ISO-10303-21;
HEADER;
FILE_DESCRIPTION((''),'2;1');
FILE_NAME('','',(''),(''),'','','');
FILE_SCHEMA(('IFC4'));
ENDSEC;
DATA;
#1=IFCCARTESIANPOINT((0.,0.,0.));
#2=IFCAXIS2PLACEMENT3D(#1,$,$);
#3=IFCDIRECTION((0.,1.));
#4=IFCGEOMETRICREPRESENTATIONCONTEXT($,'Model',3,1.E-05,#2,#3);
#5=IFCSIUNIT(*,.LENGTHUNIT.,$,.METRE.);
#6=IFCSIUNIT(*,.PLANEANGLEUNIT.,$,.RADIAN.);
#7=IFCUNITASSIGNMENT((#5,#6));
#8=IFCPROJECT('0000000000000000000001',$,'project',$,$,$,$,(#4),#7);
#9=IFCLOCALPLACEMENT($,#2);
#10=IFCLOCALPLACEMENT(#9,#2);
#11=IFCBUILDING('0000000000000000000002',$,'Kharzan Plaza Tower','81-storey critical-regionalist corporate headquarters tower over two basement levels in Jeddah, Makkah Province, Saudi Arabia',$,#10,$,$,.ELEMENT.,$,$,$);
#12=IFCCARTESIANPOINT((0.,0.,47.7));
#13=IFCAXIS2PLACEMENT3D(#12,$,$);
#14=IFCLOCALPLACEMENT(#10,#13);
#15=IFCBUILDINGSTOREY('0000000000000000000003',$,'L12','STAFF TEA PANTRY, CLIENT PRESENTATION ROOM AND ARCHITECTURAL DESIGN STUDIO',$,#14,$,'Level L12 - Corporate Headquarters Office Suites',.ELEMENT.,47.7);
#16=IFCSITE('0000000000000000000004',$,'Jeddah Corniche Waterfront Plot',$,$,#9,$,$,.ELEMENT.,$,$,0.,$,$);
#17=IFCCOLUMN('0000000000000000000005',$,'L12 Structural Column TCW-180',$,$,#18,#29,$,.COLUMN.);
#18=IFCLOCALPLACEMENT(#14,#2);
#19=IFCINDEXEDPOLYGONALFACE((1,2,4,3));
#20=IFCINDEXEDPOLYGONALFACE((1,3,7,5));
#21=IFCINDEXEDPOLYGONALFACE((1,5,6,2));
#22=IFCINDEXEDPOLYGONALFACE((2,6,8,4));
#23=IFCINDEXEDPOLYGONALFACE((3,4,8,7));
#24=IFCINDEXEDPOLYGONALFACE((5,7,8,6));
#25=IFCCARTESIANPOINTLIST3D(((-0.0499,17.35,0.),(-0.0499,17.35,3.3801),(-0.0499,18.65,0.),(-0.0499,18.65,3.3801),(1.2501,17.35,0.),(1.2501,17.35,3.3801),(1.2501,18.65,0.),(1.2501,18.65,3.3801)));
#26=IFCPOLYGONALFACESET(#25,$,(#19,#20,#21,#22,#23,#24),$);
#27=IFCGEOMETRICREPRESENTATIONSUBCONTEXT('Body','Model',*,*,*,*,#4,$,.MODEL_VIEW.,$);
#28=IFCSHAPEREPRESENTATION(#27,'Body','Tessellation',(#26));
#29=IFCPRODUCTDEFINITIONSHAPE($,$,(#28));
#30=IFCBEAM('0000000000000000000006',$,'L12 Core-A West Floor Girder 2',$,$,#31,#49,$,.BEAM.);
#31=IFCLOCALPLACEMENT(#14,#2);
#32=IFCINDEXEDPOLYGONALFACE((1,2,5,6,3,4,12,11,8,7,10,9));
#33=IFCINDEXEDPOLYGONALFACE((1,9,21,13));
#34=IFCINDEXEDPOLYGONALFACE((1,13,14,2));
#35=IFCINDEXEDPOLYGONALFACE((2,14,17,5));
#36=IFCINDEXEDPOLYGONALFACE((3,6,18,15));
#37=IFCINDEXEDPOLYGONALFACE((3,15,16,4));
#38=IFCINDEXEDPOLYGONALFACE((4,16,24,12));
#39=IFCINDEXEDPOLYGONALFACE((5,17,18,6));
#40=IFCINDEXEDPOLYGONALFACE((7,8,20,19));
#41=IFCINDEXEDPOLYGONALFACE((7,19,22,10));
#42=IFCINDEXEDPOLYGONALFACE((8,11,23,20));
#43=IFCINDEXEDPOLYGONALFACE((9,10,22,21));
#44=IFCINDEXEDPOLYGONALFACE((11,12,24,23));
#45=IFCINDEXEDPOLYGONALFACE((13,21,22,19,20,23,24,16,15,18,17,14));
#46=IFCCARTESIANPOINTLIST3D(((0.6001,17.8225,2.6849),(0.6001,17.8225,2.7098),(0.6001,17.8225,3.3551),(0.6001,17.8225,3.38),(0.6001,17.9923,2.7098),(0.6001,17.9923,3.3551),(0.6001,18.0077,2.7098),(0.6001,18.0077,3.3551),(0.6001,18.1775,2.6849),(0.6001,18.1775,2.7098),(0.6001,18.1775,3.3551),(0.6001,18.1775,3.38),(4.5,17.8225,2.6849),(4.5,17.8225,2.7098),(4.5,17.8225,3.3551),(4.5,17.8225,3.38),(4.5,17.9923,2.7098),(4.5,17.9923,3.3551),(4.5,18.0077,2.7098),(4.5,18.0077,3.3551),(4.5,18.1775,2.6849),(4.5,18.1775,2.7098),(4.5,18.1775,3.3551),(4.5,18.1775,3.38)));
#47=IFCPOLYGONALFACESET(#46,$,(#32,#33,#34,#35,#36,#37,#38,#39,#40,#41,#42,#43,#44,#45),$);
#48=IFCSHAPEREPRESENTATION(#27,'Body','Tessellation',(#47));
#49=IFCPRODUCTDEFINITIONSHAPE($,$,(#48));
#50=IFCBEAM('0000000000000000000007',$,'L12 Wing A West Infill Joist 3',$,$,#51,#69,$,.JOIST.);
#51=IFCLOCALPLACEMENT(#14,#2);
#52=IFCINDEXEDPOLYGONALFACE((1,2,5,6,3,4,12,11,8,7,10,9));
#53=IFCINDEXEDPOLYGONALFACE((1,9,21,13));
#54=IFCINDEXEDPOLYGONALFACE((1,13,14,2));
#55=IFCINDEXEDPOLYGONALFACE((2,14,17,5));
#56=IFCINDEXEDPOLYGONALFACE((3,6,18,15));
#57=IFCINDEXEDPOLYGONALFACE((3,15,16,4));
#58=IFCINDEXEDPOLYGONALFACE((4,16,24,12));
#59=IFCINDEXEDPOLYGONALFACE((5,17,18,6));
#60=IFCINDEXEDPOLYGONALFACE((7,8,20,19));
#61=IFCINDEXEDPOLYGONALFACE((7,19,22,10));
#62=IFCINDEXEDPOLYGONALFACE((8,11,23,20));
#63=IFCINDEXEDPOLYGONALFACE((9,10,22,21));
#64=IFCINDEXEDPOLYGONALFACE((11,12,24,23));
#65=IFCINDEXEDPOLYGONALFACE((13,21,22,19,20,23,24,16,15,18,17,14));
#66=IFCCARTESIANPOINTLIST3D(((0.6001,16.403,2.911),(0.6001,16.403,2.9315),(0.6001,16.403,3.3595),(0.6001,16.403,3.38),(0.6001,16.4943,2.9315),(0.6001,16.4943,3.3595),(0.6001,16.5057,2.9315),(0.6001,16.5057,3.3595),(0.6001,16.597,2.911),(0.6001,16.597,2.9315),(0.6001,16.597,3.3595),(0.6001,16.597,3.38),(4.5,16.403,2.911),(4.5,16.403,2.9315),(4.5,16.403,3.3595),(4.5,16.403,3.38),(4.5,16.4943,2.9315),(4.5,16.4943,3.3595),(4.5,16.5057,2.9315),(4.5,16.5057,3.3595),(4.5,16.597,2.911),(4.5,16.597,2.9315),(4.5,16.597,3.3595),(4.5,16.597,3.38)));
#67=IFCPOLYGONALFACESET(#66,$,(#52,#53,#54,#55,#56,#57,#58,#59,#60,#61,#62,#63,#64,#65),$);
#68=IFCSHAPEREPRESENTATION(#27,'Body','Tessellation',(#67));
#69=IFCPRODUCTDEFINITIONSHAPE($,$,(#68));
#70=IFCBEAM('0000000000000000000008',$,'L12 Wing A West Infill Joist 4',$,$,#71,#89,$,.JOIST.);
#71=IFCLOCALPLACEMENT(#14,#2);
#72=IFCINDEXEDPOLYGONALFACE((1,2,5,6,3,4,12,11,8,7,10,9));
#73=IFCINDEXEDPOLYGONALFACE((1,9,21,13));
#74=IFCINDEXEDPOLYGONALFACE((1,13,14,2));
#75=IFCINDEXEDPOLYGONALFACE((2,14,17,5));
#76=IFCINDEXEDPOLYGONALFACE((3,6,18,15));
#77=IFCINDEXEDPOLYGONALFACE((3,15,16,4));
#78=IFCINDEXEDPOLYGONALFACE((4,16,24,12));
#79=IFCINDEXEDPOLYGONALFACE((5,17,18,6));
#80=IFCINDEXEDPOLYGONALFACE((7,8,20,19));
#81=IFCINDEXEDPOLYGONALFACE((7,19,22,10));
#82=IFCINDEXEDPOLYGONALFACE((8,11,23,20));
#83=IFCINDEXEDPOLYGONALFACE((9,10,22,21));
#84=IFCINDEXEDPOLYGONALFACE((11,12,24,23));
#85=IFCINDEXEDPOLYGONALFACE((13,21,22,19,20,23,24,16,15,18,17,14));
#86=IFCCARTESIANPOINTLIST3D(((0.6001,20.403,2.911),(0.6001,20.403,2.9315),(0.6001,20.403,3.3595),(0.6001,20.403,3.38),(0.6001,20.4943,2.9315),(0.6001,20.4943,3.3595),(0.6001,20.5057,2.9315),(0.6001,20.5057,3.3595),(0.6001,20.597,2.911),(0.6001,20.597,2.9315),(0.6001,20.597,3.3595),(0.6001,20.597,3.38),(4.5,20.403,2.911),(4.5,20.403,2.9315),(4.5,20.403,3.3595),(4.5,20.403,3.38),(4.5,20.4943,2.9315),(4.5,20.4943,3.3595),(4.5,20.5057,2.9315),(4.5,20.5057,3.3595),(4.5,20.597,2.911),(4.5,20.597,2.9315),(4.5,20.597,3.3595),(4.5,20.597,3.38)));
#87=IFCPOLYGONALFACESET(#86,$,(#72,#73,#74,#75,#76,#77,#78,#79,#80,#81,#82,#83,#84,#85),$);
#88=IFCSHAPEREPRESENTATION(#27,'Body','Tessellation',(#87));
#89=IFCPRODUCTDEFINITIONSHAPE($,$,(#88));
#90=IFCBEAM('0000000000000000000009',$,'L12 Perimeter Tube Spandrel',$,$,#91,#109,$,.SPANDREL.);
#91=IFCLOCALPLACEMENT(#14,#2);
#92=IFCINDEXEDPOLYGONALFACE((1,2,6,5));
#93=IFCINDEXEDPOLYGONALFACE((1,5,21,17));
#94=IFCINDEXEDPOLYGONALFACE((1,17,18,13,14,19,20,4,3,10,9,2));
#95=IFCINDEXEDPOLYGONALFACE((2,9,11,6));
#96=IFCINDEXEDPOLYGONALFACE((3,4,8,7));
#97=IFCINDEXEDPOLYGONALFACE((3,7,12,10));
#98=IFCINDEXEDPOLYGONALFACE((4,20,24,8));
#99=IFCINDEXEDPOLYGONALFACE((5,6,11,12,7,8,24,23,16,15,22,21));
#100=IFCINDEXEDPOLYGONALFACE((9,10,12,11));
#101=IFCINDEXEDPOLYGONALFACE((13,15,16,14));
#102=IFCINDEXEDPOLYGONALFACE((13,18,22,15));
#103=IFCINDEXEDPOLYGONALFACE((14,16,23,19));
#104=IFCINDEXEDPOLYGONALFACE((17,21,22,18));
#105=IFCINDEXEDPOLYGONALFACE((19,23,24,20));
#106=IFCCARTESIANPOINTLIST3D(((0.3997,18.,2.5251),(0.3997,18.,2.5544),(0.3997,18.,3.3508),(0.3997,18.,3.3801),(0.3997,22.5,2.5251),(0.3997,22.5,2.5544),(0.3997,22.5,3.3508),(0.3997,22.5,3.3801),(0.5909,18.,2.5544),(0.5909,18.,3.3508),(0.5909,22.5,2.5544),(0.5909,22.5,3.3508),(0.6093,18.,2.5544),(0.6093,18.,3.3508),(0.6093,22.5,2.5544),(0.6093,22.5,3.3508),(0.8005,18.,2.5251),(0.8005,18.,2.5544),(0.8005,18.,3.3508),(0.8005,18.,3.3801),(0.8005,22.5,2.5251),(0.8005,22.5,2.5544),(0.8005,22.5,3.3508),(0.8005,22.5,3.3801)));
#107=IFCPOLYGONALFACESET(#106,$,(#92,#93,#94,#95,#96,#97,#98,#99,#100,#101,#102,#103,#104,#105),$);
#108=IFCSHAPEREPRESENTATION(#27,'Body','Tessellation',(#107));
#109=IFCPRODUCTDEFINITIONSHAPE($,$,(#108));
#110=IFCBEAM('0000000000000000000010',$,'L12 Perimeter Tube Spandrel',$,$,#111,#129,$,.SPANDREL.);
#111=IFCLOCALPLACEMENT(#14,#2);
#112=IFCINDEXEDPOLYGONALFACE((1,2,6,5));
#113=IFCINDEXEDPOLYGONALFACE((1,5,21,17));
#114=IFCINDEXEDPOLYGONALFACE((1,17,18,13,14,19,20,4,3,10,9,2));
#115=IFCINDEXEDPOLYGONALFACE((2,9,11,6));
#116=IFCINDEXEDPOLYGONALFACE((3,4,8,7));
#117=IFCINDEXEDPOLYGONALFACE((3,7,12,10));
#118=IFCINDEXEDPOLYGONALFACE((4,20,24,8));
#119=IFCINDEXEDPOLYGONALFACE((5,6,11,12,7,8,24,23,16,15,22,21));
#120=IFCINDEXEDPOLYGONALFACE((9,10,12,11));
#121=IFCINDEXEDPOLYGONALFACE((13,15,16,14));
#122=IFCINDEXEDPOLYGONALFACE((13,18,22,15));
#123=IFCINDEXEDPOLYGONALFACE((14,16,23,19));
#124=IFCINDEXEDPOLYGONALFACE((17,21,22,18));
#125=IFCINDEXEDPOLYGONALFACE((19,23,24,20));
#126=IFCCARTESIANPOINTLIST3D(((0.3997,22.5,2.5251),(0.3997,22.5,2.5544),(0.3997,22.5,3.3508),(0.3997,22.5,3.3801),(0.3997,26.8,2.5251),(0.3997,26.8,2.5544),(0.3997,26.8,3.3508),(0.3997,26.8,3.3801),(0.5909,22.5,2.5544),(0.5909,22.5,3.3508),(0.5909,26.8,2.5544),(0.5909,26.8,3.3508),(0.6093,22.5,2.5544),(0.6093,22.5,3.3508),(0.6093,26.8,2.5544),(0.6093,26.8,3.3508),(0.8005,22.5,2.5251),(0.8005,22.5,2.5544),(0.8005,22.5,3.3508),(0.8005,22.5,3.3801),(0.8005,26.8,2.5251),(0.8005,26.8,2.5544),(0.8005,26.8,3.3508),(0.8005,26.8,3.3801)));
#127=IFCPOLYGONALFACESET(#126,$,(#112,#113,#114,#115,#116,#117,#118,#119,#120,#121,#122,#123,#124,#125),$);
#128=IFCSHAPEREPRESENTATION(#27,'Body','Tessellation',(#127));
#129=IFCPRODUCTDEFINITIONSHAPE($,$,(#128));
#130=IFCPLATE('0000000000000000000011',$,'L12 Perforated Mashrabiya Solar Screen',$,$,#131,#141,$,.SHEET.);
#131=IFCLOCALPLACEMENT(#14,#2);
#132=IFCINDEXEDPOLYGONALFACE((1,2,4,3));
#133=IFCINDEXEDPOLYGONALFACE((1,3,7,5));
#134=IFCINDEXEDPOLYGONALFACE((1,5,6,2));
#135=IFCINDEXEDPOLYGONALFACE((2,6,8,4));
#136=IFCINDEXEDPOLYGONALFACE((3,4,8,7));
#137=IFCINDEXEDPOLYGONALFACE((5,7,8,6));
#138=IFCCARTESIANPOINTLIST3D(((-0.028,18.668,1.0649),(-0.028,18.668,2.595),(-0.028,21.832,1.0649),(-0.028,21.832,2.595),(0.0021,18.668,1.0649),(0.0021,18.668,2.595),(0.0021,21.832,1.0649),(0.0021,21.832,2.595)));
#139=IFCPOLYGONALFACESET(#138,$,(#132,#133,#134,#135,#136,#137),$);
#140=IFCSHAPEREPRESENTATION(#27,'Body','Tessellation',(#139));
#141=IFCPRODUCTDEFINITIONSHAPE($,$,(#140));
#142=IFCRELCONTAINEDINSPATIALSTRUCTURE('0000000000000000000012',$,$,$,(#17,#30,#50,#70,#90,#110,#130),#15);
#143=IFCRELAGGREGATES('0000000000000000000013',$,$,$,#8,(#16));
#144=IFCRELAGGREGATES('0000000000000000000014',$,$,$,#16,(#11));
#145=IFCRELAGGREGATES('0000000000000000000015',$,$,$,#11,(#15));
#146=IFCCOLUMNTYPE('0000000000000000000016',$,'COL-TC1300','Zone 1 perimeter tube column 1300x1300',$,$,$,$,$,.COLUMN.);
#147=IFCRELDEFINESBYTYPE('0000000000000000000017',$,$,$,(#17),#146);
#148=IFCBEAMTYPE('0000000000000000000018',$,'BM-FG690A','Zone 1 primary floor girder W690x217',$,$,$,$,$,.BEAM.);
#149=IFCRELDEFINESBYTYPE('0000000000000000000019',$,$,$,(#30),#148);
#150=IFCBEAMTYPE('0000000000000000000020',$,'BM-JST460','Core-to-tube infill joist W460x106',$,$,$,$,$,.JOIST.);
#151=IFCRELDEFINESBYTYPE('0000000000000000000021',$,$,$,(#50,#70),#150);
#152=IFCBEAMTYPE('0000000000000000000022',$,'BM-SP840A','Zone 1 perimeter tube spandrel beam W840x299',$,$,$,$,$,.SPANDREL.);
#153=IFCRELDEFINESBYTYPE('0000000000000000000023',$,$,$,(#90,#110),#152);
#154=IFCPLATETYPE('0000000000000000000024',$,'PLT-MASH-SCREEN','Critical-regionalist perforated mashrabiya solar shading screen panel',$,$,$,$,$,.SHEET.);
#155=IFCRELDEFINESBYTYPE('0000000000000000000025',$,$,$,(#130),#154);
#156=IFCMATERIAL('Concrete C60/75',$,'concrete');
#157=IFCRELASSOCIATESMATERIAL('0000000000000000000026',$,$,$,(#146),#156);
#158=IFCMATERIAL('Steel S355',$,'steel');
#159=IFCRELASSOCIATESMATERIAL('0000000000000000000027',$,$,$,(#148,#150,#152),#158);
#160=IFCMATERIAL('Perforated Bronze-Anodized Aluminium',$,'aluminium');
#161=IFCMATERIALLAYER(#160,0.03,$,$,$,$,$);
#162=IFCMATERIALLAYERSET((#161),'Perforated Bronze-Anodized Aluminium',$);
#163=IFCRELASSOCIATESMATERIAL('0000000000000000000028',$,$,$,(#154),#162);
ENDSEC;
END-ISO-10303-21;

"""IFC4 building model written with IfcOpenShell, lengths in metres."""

from ifc_helpers import new_model, si_unit, direction, frame, origin, origin_2d, place, context, subcontext, project, spatial, rectangle, i_section, extrude, source, transform, mapped, material, layer, layer_set, material_profile, profile_set, type_object, element, save


model = new_model("IFC4")

# Units and contexts
model_context = context("Model", 3, precision=1e-05, world=origin(), true_north=direction((0.0, 1.0)))
body_context = subcontext(model_context, "Body", "Model", "MODEL_VIEW")
ifc_project = project(units=[si_unit("LENGTHUNIT", "METRE"), si_unit("PLANEANGLEUNIT", "RADIAN")], contexts=[model_context])

# Site, building, storey
site_placement = place(None, origin())
site = spatial("IfcSite", under=ifc_project, at=site_placement, Name="Jeddah Corniche Waterfront Plot", CompositionType="ELEMENT", RefElevation=0.0)
building_placement = place(site_placement, origin())
building = spatial("IfcBuilding", under=site, at=building_placement, Name="Kharzan Plaza Tower", Description="81-storey critical-regionalist corporate headquarters tower over two basement levels in Jeddah, Makkah Province, Saudi Arabia", CompositionType="ELEMENT")
storey_placement = place(building_placement, frame((0.0, 0.0, 47.7)))
storey = spatial("IfcBuildingStorey", under=building, at=storey_placement, Name="L12", Description="STAFF TEA PANTRY, CLIENT PRESENTATION ROOM AND ARCHITECTURAL DESIGN STUDIO", LongName="Level L12 - Corporate Headquarters Office Suites", CompositionType="ELEMENT", Elevation=47.7)

# Column
ifc_material_1 = material(Name="Concrete C60/75", Category="concrete")
ifc_material_profile_1 = material_profile(ifc_material_1, rectangle(XDim=1.3, YDim=1.3, at=origin_2d()), Name="RC-TC1300x1300")
ifc_profile_set_1 = profile_set([ifc_material_profile_1], Name="Concrete C60/75")
column_type = type_object("IfcColumnType", Name="COL-TC1300", Description="Zone 1 perimeter tube column 1300x1300", PredefinedType="COLUMN", material=ifc_profile_set_1)
shared_shape_1 = source(origin(), body_context, "Body", "SweptSolid", [
    extrude(rectangle(XDim=1.3, YDim=1.3, at=origin_2d()), origin(), (0.0, 0.0, 1.0), 3.3801),
])
column_placement = place(storey_placement, frame((0.6001, 18.0, 0.0), z_axis=(0.0, 0.0, 1.0), x_axis=(1.0, 0.0, 0.0)))
element("IfcColumn", 1, at=column_placement, inside=storey, type_object=column_type, Name="L12 Structural Column TCW-180", PredefinedType="COLUMN", context=body_context, shape_type="MappedRepresentation", body=[
    mapped(shared_shape_1, transform((0.0, 0.0, 0.0), x_axis=(1.0, 0.0, 0.0), y_axis=(0.0, 1.0, 0.0), z_axis=(0.0, 0.0, 1.0))),
])

# Beams
ifc_material_2 = material(Name="Steel S355", Category="steel")
ifc_material_profile_2 = material_profile(ifc_material_2, i_section(OverallWidth=0.355, OverallDepth=0.6951, WebThickness=0.0154, FlangeThickness=0.0249, at=origin_2d()), Name="W690x217")
ifc_profile_set_2 = profile_set([ifc_material_profile_2], Name="Steel S355")
beam_type_1 = type_object("IfcBeamType", Name="BM-FG690A", Description="Zone 1 primary floor girder W690x217", PredefinedType="BEAM", material=ifc_profile_set_2)
shared_shape_2 = source(origin(), body_context, "Body", "SweptSolid", [
    extrude(i_section(OverallWidth=0.355, OverallDepth=0.6951, WebThickness=0.0154, FlangeThickness=0.0249, at=origin_2d()), origin(), (0.0, 0.0, 1.0), 3.8999),
])
beam_1_placement = place(storey_placement, frame((0.6001, 18.0, 3.0325), z_axis=(1.0, 0.0, 0.0), x_axis=(0.0, 1.0, 0.0)))
element("IfcBeam", 2, at=beam_1_placement, inside=storey, type_object=beam_type_1, Name="L12 Core-A West Floor Girder 2", PredefinedType="BEAM", context=body_context, shape_type="MappedRepresentation", body=[
    mapped(shared_shape_2, transform((0.0, 0.0, 0.0), x_axis=(1.0, 0.0, 0.0), y_axis=(0.0, 1.0, 0.0), z_axis=(0.0, 0.0, 1.0))),
])
ifc_material_profile_3 = material_profile(ifc_material_2, i_section(OverallWidth=0.1941, OverallDepth=0.469, WebThickness=0.0115, FlangeThickness=0.0205, at=origin_2d()), Name="W460x106")
ifc_profile_set_3 = profile_set([ifc_material_profile_3], Name="Steel S355")
beam_type_2 = type_object("IfcBeamType", Name="BM-JST460", Description="Core-to-tube infill joist W460x106", PredefinedType="JOIST", material=ifc_profile_set_3)
shared_shape_3 = source(origin(), body_context, "Body", "SweptSolid", [
    extrude(i_section(OverallWidth=0.1941, OverallDepth=0.469, WebThickness=0.0115, FlangeThickness=0.0205, at=origin_2d()), origin(), (0.0, 0.0, 1.0), 3.8999),
])
for number, where, z_axis, x_axis, name in (
    (3, (0.6001, 16.5, 3.1455), (1.0, 0.0, 0.0), (0.0, 1.0, 0.0), "L12 Wing A West Infill Joist 3"),
    (4, (0.6001, 20.5, 3.1455), (1.0, 0.0, 0.0), (0.0, 1.0, 0.0), "L12 Wing A West Infill Joist 4"),
):
    element("IfcBeam", number, at=place(storey_placement, frame(where, z_axis=z_axis, x_axis=x_axis)), inside=storey, type_object=beam_type_2, Name=name, PredefinedType="JOIST", context=body_context, shape_type="MappedRepresentation", body=[
        mapped(shared_shape_3, transform((0.0, 0.0, 0.0), x_axis=(1.0, 0.0, 0.0), y_axis=(0.0, 1.0, 0.0), z_axis=(0.0, 0.0, 1.0))),
    ])
ifc_material_profile_4 = material_profile(ifc_material_2, i_section(OverallWidth=0.4009, OverallDepth=0.855, WebThickness=0.0183, FlangeThickness=0.0293, at=origin_2d()), Name="W840x299")
ifc_profile_set_4 = profile_set([ifc_material_profile_4], Name="Steel S355")
beam_type_3 = type_object("IfcBeamType", Name="BM-SP840A", Description="Zone 1 perimeter tube spandrel beam W840x299", PredefinedType="SPANDREL", material=ifc_profile_set_4)
shared_shape_4 = source(origin(), body_context, "Body", "SweptSolid", [
    extrude(i_section(OverallWidth=0.4009, OverallDepth=0.855, WebThickness=0.0183, FlangeThickness=0.0293, at=origin_2d()), origin(), (0.0, 0.0, 1.0), 4.5),
])
beam_2_placement = place(storey_placement, frame((0.6001, 18.0, 2.9526), z_axis=(0.0, 1.0, 0.0), x_axis=(-1.0, 0.0, 0.0)))
element("IfcBeam", 5, at=beam_2_placement, inside=storey, type_object=beam_type_3, Name="L12 Perimeter Tube Spandrel", PredefinedType="SPANDREL", context=body_context, shape_type="MappedRepresentation", body=[
    mapped(shared_shape_4, transform((0.0, 0.0, 0.0), x_axis=(1.0, 0.0, 0.0), y_axis=(0.0, 1.0, 0.0), z_axis=(0.0, 0.0, 1.0))),
])
shared_shape_5 = source(origin(), body_context, "Body", "SweptSolid", [
    extrude(i_section(OverallWidth=0.4009, OverallDepth=0.855, WebThickness=0.0183, FlangeThickness=0.0293, at=origin_2d()), origin(), (0.0, 0.0, 1.0), 4.3),
])
beam_3_placement = place(storey_placement, frame((0.6001, 22.5, 2.9526), z_axis=(0.0, 1.0, 0.0), x_axis=(-1.0, 0.0, 0.0)))
element("IfcBeam", 6, at=beam_3_placement, inside=storey, type_object=beam_type_3, Name="L12 Perimeter Tube Spandrel", PredefinedType="SPANDREL", context=body_context, shape_type="MappedRepresentation", body=[
    mapped(shared_shape_5, transform((0.0, 0.0, 0.0), x_axis=(1.0, 0.0, 0.0), y_axis=(0.0, 1.0, 0.0), z_axis=(0.0, 0.0, 1.0))),
])

# Plate
ifc_material_3 = material(Name="Perforated Bronze-Anodized Aluminium", Category="aluminium")
ifc_layer_1 = layer(ifc_material_3, 0.03)
ifc_layer_set_1 = layer_set([ifc_layer_1], Name="Perforated Bronze-Anodized Aluminium")
plate_type = type_object("IfcPlateType", Name="PLT-MASH-SCREEN", Description="Critical-regionalist perforated mashrabiya solar shading screen panel", PredefinedType="SHEET", material=ifc_layer_set_1)
shared_shape_6 = source(origin(), body_context, "Body", "SweptSolid", [
    extrude(rectangle(XDim=3.1641, YDim=0.03, at=origin_2d()), origin(), (0.0, 0.0, 1.0), 1.53),
])
plate_placement = place(storey_placement, frame((-0.0129, 20.25, 1.0649), z_axis=(0.0, 0.0, 1.0), x_axis=(0.0, -1.0, 0.0)))
element("IfcPlate", 7, at=plate_placement, inside=storey, type_object=plate_type, Name="L12 Perforated Mashrabiya Solar Screen", PredefinedType="SHEET", context=body_context, shape_type="MappedRepresentation", body=[
    mapped(shared_shape_6, transform((0.0, 0.0, 0.0), x_axis=(1.0, 0.0, 0.0), y_axis=(0.0, 1.0, 0.0), z_axis=(0.0, 0.0, 1.0))),
])

save(model, "model.ifc")
